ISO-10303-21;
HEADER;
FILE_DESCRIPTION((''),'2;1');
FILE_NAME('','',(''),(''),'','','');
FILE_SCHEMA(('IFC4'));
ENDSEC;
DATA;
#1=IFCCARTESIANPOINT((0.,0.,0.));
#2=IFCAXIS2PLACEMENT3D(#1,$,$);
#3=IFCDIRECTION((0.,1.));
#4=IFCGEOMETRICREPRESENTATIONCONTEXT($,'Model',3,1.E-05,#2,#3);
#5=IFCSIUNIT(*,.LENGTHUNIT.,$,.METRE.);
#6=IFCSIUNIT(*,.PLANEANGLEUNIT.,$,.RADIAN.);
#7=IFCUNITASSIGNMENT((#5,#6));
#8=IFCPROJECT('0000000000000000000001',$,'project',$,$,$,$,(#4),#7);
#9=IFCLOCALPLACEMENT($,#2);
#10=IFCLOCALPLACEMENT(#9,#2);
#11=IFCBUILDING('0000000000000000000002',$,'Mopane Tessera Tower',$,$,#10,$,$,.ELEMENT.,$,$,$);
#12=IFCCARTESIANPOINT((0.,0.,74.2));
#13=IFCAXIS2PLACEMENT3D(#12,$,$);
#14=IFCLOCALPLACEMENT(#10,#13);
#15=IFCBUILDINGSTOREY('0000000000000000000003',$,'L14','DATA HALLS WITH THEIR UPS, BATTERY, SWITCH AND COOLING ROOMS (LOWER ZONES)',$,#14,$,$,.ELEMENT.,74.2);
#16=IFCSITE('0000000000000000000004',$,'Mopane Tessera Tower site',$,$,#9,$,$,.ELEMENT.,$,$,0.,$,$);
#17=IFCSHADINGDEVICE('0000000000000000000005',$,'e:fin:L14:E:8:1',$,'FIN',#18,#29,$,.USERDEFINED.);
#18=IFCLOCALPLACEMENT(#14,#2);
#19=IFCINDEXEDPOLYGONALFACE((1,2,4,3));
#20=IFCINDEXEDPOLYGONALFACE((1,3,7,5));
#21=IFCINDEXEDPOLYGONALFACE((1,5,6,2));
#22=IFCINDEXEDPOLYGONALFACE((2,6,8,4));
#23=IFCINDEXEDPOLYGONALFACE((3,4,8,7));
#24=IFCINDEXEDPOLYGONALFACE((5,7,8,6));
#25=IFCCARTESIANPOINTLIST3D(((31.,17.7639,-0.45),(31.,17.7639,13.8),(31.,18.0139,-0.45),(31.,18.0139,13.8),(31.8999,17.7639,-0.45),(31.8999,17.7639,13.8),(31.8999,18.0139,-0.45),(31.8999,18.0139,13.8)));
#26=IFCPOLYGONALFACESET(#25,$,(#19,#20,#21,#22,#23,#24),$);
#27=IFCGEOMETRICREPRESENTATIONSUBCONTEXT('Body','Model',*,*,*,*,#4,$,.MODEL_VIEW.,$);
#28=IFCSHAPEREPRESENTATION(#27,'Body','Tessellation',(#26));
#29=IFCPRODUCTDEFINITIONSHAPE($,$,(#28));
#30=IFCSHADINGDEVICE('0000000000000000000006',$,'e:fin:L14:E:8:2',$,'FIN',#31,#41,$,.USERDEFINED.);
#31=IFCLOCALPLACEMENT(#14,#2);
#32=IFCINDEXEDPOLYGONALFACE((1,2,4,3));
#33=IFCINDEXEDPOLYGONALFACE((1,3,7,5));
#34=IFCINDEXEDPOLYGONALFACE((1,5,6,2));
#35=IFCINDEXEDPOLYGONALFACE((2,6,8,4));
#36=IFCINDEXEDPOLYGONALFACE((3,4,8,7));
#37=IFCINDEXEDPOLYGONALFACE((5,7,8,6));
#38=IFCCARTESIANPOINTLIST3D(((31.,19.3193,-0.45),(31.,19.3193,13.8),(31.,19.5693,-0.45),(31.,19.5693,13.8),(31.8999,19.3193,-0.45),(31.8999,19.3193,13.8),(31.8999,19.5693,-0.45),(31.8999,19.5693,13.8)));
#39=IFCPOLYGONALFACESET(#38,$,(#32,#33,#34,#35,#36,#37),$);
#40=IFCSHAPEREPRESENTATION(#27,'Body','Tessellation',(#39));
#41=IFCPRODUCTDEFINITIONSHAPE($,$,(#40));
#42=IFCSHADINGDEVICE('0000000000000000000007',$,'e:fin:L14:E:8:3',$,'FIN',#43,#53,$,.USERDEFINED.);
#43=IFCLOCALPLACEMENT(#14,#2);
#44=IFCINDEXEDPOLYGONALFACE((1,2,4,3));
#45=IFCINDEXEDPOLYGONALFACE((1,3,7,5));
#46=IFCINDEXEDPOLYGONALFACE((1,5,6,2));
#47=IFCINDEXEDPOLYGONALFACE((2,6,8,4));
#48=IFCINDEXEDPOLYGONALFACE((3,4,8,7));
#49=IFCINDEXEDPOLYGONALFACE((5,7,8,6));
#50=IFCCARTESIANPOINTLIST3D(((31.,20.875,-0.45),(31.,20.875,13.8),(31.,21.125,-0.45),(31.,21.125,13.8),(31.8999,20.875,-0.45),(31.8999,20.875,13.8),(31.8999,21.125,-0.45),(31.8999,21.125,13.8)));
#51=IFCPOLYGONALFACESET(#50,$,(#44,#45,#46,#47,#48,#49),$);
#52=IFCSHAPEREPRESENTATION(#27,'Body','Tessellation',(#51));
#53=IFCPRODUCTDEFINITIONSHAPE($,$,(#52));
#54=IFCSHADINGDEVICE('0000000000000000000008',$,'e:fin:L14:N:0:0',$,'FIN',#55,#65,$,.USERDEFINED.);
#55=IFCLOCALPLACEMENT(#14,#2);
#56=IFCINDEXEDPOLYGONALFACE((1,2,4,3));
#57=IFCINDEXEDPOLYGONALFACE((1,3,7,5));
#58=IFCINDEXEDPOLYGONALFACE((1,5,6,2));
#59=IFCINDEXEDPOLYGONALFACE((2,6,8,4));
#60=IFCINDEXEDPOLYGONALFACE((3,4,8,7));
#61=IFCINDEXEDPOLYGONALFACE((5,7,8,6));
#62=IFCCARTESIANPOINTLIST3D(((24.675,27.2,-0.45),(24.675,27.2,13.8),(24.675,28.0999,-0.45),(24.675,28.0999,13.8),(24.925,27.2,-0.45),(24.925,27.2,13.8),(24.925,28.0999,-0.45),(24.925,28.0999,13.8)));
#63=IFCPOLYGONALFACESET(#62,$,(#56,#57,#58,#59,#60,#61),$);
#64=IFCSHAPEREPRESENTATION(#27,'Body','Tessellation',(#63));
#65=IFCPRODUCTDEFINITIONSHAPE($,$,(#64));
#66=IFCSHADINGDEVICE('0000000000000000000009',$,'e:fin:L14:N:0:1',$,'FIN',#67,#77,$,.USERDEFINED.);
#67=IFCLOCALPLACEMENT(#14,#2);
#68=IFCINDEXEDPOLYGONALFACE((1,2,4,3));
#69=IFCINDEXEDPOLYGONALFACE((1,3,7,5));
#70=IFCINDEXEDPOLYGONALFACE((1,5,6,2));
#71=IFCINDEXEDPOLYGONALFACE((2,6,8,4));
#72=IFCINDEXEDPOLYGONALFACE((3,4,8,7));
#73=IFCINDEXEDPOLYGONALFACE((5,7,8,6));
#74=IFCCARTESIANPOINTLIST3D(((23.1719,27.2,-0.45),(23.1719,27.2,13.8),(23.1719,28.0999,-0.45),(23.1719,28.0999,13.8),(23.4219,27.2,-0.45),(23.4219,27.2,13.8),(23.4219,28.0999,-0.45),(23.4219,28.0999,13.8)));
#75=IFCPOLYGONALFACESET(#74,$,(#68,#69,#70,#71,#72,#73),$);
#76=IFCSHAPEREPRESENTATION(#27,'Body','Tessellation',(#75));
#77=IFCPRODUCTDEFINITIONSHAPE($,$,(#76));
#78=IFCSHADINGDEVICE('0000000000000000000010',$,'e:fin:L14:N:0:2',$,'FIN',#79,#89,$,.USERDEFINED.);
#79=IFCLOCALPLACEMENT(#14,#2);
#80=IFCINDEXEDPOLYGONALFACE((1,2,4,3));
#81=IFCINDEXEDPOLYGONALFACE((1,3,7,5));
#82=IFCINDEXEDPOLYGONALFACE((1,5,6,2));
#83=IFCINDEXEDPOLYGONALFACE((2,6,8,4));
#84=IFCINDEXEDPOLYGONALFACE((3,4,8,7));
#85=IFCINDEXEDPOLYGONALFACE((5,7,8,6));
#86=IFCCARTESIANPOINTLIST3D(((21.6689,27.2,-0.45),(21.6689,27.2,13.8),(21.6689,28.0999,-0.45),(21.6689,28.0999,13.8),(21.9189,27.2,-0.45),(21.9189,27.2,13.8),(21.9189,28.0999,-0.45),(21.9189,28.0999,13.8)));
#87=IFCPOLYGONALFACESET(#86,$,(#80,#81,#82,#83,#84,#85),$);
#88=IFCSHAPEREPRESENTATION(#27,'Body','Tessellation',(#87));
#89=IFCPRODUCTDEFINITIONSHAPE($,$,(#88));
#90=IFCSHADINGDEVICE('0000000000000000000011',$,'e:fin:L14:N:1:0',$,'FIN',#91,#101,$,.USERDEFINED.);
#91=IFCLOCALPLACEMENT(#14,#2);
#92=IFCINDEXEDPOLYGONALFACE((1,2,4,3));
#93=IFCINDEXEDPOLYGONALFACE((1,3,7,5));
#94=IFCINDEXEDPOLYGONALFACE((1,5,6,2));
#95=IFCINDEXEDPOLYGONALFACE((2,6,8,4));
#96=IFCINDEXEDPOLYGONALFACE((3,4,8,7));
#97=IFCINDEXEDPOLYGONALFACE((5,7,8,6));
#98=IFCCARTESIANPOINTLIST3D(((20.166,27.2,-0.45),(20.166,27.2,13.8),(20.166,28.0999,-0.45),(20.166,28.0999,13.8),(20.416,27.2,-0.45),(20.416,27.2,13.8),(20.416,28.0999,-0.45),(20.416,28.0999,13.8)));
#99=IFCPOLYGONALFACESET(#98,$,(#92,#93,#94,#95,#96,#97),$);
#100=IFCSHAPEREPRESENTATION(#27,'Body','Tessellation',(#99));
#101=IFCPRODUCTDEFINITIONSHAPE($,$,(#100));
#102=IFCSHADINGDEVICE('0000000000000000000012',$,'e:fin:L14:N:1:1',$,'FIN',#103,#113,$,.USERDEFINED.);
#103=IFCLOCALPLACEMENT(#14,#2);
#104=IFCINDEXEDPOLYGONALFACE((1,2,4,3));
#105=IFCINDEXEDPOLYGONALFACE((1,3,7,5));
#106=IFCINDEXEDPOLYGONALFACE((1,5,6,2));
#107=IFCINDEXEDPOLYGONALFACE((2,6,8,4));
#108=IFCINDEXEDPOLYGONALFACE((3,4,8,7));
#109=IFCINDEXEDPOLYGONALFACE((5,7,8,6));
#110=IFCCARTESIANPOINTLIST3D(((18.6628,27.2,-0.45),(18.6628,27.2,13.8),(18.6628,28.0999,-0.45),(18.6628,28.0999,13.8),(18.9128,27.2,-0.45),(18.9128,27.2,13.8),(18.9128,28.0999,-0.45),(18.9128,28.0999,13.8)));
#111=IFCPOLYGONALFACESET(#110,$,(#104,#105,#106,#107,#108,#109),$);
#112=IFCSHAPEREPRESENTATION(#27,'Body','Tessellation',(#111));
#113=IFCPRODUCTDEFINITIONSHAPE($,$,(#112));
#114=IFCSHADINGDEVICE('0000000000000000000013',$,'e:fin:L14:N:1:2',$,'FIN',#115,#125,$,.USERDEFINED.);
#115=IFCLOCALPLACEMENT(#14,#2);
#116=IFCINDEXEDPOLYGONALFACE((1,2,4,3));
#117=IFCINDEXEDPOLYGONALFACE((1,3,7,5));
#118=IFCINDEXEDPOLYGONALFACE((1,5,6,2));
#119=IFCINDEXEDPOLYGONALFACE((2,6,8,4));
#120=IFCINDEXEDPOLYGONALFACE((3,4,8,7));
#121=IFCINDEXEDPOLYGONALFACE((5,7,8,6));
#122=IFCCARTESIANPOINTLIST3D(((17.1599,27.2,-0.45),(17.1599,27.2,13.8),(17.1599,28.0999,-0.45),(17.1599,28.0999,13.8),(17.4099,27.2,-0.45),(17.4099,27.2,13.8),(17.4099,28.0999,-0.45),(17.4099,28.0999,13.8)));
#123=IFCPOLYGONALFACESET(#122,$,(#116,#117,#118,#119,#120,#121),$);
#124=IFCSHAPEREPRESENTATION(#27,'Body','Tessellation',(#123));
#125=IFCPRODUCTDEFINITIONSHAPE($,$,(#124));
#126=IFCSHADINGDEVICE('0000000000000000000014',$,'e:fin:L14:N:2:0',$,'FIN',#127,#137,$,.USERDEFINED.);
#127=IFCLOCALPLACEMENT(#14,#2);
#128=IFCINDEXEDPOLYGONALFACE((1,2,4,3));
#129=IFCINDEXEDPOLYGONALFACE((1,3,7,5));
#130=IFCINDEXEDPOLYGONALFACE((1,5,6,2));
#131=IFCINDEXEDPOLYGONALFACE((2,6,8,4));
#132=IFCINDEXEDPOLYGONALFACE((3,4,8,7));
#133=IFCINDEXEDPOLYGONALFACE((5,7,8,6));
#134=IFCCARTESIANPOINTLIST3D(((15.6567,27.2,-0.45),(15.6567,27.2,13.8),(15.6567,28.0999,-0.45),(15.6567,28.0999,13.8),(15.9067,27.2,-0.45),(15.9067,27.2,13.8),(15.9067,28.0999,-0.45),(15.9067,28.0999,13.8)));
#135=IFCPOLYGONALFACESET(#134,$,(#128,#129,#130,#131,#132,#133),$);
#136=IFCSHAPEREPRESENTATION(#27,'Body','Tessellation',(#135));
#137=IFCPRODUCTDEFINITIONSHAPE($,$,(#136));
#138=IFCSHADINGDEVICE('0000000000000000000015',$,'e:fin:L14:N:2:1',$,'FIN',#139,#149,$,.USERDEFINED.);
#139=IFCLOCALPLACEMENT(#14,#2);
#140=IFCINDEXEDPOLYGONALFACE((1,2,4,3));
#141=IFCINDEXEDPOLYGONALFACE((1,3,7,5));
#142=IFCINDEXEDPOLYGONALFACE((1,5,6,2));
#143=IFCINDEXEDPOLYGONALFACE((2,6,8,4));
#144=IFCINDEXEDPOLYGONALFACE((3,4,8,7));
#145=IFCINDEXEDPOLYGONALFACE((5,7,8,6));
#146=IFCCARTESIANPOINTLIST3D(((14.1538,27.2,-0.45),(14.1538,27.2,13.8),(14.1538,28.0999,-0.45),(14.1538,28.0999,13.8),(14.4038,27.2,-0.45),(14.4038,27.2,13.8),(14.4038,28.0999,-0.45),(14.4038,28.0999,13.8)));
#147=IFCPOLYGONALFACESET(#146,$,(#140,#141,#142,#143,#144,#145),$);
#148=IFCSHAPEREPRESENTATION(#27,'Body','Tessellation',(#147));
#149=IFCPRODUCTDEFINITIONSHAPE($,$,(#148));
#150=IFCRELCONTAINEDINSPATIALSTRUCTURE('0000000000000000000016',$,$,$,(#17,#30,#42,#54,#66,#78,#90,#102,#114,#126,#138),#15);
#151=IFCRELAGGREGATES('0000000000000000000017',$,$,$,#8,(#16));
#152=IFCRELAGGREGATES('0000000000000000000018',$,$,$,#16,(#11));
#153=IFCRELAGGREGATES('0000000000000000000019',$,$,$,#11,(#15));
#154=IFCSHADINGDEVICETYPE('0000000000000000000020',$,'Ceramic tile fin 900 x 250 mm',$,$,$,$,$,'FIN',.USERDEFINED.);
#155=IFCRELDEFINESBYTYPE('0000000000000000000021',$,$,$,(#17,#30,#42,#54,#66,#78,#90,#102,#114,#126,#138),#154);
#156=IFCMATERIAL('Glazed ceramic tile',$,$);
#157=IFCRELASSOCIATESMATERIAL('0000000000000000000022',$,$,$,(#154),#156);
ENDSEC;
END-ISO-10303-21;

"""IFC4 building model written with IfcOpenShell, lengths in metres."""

from ifc_helpers import new_model, si_unit, direction, frame, origin, origin_2d, place, context, subcontext, project, spatial, rectangle, extrude, material, type_object, element, save


model = new_model("IFC4")

# Units and contexts
model_context = context("Model", 3, precision=1e-05, world=origin(), true_north=direction((0.0, 1.0)))
body_context = subcontext(model_context, "Body", "Model", "MODEL_VIEW")
ifc_project = project(units=[si_unit("LENGTHUNIT", "METRE"), si_unit("PLANEANGLEUNIT", "RADIAN")], contexts=[model_context])

# Site, building, storey
site_placement = place(None, origin())
site = spatial("IfcSite", under=ifc_project, at=site_placement, Name="Mopane Tessera Tower site", CompositionType="ELEMENT", RefElevation=0.0)
building_placement = place(site_placement, origin())
building = spatial("IfcBuilding", under=site, at=building_placement, Name="Mopane Tessera Tower", CompositionType="ELEMENT")
storey_placement = place(building_placement, frame((0.0, 0.0, 74.2)))
storey = spatial("IfcBuildingStorey", under=building, at=storey_placement, Name="L14", Description="DATA HALLS WITH THEIR UPS, BATTERY, SWITCH AND COOLING ROOMS (LOWER ZONES)", CompositionType="ELEMENT", Elevation=74.2)

# Shading devices
ifc_material_1 = material(Name="Glazed ceramic tile")
shading_device_type = type_object("IfcShadingDeviceType", Name="Ceramic tile fin 900 x 250 mm", ElementType="FIN", PredefinedType="USERDEFINED", material=ifc_material_1)
for number, where, z_axis, x_axis, name in (
    (1, (31.45, 17.8889, -0.45), (0.0, 0.0, 1.0), (0.0, 1.0, 0.0), "e:fin:L14:E:8:1"),
    (2, (31.45, 19.4443, -0.45), (0.0, 0.0, 1.0), (0.0, 1.0, 0.0), "e:fin:L14:E:8:2"),
    (3, (31.45, 21.0, -0.45), (0.0, 0.0, 1.0), (0.0, 1.0, 0.0), "e:fin:L14:E:8:3"),
    (4, (24.8, 27.6499, -0.45), (0.0, 0.0, 1.0), (-1.0, 0.0, 0.0), "e:fin:L14:N:0:0"),
    (5, (23.2969, 27.6499, -0.45), (0.0, 0.0, 1.0), (-1.0, 0.0, 0.0), "e:fin:L14:N:0:1"),
    (6, (21.7939, 27.6499, -0.45), (0.0, 0.0, 1.0), (-1.0, 0.0, 0.0), "e:fin:L14:N:0:2"),
    (7, (20.291, 27.6499, -0.45), (0.0, 0.0, 1.0), (-1.0, 0.0, 0.0), "e:fin:L14:N:1:0"),
    (8, (18.7878, 27.6499, -0.45), (0.0, 0.0, 1.0), (-1.0, 0.0, 0.0), "e:fin:L14:N:1:1"),
    (9, (17.2849, 27.6499, -0.45), (0.0, 0.0, 1.0), (-1.0, 0.0, 0.0), "e:fin:L14:N:1:2"),
    (10, (15.7817, 27.6499, -0.45), (0.0, 0.0, 1.0), (-1.0, 0.0, 0.0), "e:fin:L14:N:2:0"),
    (11, (14.2788, 27.6499, -0.45), (0.0, 0.0, 1.0), (-1.0, 0.0, 0.0), "e:fin:L14:N:2:1"),
):
    element("IfcShadingDevice", number, at=place(storey_placement, frame(where, z_axis=z_axis, x_axis=x_axis)), inside=storey, type_object=shading_device_type, Name=name, ObjectType="FIN", PredefinedType="USERDEFINED", context=body_context, shape_type="SweptSolid", body=[
        extrude(rectangle(XDim=0.25, YDim=0.8999, at=origin_2d()), origin(), (0.0, 0.0, 1.0), 14.25),
    ])

save(model, "model.ifc")
